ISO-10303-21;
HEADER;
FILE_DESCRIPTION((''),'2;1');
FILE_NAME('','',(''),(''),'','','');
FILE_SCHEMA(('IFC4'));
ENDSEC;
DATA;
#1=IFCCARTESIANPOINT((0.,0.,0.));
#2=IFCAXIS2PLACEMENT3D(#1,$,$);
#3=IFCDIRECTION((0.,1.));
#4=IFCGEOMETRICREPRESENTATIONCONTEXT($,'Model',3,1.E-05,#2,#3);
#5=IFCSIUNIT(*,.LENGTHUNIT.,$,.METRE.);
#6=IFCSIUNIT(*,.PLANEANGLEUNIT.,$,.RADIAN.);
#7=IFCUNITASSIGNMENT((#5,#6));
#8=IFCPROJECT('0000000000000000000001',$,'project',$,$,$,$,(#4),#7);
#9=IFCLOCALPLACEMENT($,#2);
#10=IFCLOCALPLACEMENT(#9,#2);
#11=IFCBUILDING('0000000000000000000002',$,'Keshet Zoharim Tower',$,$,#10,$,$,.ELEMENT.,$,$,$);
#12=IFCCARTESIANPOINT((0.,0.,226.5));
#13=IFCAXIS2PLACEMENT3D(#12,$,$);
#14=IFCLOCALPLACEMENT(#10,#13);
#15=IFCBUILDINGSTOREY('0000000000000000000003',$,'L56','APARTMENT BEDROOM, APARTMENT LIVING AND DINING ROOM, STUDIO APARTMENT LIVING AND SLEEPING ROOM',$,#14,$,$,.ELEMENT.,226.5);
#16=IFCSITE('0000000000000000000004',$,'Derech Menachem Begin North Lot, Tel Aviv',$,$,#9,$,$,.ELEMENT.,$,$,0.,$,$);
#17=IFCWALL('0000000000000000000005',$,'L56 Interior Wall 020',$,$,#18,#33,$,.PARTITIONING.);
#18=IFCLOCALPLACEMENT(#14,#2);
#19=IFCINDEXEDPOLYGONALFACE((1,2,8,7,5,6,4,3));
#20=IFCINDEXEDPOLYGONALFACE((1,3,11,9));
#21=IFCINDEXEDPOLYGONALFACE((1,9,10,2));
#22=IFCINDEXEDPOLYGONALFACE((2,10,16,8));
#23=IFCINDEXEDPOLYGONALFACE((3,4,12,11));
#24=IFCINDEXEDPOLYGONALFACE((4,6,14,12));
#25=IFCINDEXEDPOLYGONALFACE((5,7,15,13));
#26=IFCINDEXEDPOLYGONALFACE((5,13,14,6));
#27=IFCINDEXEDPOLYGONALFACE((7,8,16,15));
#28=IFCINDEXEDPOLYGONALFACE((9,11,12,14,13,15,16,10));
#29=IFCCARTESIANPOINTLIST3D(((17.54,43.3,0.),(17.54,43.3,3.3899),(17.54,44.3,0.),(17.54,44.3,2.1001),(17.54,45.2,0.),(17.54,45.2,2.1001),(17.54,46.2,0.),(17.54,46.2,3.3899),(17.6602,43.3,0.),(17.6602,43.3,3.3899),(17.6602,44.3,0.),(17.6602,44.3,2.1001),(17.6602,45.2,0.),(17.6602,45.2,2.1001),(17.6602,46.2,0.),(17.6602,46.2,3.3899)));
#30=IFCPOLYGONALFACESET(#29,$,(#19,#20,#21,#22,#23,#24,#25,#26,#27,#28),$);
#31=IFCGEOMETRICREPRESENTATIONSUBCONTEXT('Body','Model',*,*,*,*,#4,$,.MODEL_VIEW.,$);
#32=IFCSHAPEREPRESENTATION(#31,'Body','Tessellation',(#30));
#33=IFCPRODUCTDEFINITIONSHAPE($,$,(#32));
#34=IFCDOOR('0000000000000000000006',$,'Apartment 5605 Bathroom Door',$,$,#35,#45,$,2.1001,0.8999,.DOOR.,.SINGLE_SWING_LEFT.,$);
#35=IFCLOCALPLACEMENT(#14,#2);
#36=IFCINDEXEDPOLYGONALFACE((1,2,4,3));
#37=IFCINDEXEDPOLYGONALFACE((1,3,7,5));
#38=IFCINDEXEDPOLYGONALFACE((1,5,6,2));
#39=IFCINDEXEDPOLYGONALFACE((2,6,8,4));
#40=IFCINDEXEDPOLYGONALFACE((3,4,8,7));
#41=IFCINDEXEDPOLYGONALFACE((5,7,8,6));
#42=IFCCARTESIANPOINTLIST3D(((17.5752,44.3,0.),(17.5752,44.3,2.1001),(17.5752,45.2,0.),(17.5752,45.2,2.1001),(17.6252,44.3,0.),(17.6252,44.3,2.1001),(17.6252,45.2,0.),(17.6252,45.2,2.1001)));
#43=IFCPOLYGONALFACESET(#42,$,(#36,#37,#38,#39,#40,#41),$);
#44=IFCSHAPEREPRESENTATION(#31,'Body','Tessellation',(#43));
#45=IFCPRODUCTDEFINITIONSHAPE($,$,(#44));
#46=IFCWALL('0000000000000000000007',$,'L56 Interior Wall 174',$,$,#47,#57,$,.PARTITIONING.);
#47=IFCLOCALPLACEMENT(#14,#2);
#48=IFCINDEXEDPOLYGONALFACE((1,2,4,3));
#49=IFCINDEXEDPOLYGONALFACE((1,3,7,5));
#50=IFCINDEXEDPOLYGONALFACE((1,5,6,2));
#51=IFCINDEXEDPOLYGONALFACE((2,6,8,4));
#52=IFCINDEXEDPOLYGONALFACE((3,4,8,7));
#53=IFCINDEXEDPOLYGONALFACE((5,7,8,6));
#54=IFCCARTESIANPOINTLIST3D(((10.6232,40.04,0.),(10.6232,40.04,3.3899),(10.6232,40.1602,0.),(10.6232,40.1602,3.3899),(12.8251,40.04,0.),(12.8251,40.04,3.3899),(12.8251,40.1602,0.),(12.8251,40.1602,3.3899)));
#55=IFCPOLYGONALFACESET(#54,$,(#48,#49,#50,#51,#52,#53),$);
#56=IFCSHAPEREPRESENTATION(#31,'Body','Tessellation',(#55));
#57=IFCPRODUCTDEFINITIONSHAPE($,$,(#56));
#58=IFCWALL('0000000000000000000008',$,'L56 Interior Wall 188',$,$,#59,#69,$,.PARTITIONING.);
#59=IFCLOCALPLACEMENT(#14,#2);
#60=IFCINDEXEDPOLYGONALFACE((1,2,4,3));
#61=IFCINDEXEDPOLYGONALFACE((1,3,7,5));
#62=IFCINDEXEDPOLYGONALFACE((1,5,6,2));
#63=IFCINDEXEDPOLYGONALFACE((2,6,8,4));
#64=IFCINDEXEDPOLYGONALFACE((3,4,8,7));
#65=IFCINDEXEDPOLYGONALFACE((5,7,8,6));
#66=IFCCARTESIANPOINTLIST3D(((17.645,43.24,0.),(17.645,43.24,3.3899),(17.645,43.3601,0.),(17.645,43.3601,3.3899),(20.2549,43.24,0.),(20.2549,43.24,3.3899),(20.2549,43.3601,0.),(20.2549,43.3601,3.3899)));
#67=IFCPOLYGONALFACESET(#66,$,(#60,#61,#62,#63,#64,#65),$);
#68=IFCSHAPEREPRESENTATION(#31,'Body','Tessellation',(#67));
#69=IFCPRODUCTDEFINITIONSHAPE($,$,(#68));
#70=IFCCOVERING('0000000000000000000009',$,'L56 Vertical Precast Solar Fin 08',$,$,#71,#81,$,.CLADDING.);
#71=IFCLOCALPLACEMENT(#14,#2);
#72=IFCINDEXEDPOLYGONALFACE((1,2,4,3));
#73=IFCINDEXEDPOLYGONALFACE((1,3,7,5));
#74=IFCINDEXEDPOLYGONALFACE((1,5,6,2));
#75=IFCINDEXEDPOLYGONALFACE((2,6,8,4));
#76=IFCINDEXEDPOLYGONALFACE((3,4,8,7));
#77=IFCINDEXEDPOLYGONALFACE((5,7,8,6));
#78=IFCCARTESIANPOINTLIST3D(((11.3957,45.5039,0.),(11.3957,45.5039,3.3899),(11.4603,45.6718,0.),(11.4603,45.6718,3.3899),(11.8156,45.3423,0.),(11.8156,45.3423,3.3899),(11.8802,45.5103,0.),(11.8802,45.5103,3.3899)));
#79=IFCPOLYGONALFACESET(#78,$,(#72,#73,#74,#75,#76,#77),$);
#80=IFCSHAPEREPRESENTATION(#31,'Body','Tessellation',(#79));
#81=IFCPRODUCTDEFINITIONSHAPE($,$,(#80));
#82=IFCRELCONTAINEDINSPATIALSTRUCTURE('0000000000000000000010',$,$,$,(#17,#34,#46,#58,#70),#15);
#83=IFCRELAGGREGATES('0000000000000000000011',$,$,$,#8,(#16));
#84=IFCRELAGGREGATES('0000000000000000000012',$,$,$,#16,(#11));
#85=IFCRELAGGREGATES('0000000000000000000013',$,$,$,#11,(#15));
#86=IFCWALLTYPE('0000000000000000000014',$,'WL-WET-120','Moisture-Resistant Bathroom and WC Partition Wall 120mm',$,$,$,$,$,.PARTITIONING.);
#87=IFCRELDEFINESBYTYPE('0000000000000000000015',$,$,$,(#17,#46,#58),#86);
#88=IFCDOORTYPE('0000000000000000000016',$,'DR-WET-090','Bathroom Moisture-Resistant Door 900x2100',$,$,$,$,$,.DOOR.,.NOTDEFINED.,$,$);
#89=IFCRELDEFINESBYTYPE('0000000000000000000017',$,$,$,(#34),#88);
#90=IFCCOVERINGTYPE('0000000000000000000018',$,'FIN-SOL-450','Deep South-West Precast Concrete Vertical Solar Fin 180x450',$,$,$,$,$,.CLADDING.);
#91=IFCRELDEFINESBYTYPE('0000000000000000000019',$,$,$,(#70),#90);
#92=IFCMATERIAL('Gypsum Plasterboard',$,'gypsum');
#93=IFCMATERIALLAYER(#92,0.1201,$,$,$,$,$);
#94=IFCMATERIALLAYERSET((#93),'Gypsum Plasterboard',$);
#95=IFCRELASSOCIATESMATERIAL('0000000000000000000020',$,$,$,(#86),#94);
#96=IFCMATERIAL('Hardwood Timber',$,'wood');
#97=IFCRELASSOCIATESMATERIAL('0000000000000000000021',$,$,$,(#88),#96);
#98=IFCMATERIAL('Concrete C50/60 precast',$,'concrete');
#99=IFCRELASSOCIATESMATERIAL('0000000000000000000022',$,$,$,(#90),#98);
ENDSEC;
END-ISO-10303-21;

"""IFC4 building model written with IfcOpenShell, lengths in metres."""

from ifc_helpers import new_model, si_unit, direction, frame, frame_2d, origin, origin_2d, place, context, subcontext, project, spatial, rectangle, extrude, material, layer, layer_set, type_object, element, fill, save


model = new_model("IFC4")

# Units and contexts
model_context = context("Model", 3, precision=1e-05, world=origin(), true_north=direction((0.0, 1.0)))
body_context = subcontext(model_context, "Body", "Model", "MODEL_VIEW")
ifc_project = project(units=[si_unit("LENGTHUNIT", "METRE"), si_unit("PLANEANGLEUNIT", "RADIAN")], contexts=[model_context])

# Site, building, storey
site_placement = place(None, origin())
site = spatial("IfcSite", under=ifc_project, at=site_placement, Name="Derech Menachem Begin North Lot, Tel Aviv", CompositionType="ELEMENT", RefElevation=0.0)
building_placement = place(site_placement, origin())
building = spatial("IfcBuilding", under=site, at=building_placement, Name="Keshet Zoharim Tower", CompositionType="ELEMENT")
storey_placement = place(building_placement, frame((0.0, 0.0, 226.5)))
storey = spatial("IfcBuildingStorey", under=building, at=storey_placement, Name="L56", Description="APARTMENT BEDROOM, APARTMENT LIVING AND DINING ROOM, STUDIO APARTMENT LIVING AND SLEEPING ROOM", CompositionType="ELEMENT", Elevation=226.5)

# Shared definitions
ifc_material_1 = material(Name="Gypsum Plasterboard", Category="gypsum")
ifc_material_2 = material(Name="Hardwood Timber", Category="wood")

# Wall, opening, door
ifc_layer_1 = layer(ifc_material_1, 0.1201)
ifc_layer_set_1 = layer_set([ifc_layer_1], Name="Gypsum Plasterboard")
wall_type_1 = type_object("IfcWallType", Name="WL-WET-120", Description="Moisture-Resistant Bathroom and WC Partition Wall 120mm", PredefinedType="PARTITIONING", material=ifc_layer_set_1)
wall_1_placement = place(storey_placement, frame((17.6001, 43.3, 0.0), z_axis=(0.0, 0.0, 1.0), x_axis=(0.0, 1.0, 0.0)))
wall_1 = element("IfcWall", 1, at=wall_1_placement, inside=storey, type_object=wall_type_1, Name="L56 Interior Wall 020", PredefinedType="PARTITIONING", context=body_context, shape_type="SweptSolid", body=[
    extrude(rectangle(XDim=2.8999, YDim=0.1201, at=frame_2d((1.45, 0.0))), origin(), (0.0, 0.0, 1.0), 3.3899),
])
opening_1_placement = place(wall_1_placement, frame((1.0, 0.0, 0.0)))
opening_1 = element("IfcOpeningElement", 2, at=opening_1_placement, cuts=wall_1, PredefinedType="OPENING", context=body_context, shape_type="SweptSolid", body=[
    extrude(rectangle(XDim=0.8999, YDim=2.1001, at=frame_2d((0.45, 1.05))), frame((0.0, 0.0701, 0.0), z_axis=(0.0, -1.0, 0.0), x_axis=(1.0, 0.0, 0.0)), (0.0, 0.0, 1.0), 0.1401),
])
door_type_1 = type_object("IfcDoorType", Name="DR-WET-090", Description="Bathroom Moisture-Resistant Door 900x2100", OperationType="NOTDEFINED", PredefinedType="DOOR", material=ifc_material_2)
door_1_placement = place(opening_1_placement, origin())
door_1 = element("IfcDoor", 3, at=door_1_placement, inside=storey, type_object=door_type_1, Name="Apartment 5605 Bathroom Door", OperationType="SINGLE_SWING_LEFT", OverallHeight=2.1001, OverallWidth=0.8999, PredefinedType="DOOR", context=body_context, shape_type="SweptSolid", body=[
    extrude(rectangle(XDim=0.8999, YDim=2.1001, at=frame_2d((0.45, 1.05))), frame((0.0, 0.0249, 0.0), z_axis=(0.0, -1.0, 0.0), x_axis=(1.0, 0.0, 0.0)), (0.0, 0.0, 1.0), 0.05),
])
fill(opening_1, door_1)

# Walls
wall_2_placement = place(storey_placement, frame((10.623, 40.1001, 0.0), z_axis=(0.0, 0.0, 1.0), x_axis=(1.0, 0.0, 0.0)))
element("IfcWall", 4, at=wall_2_placement, inside=storey, type_object=wall_type_1, Name="L56 Interior Wall 174", PredefinedType="PARTITIONING", context=body_context, shape_type="SweptSolid", body=[
    extrude(rectangle(XDim=2.2019, YDim=0.1201, at=frame_2d((1.1011, 0.0))), origin(), (0.0, 0.0, 1.0), 3.3899),
])
wall_3_placement = place(storey_placement, frame((17.645, 43.3, 0.0), z_axis=(0.0, 0.0, 1.0), x_axis=(1.0, 0.0, 0.0)))
element("IfcWall", 5, at=wall_3_placement, inside=storey, type_object=wall_type_1, Name="L56 Interior Wall 188", PredefinedType="PARTITIONING", context=body_context, shape_type="SweptSolid", body=[
    extrude(rectangle(XDim=2.6099, YDim=0.1201, at=frame_2d((1.3049, 0.0))), origin(), (0.0, 0.0, 1.0), 3.3899),
])

# Covering
ifc_material_3 = material(Name="Concrete C50/60 precast", Category="concrete")
covering_type = type_object("IfcCoveringType", Name="FIN-SOL-450", Description="Deep South-West Precast Concrete Vertical Solar Fin 180x450", PredefinedType="CLADDING", material=ifc_material_3)
covering_placement = place(storey_placement, frame((11.6379, 45.5071, 0.0), z_axis=(0.0, 0.0, 1.0), x_axis=(0.35899, 0.933341, 0.0)))
element("IfcCovering", 6, at=covering_placement, inside=storey, type_object=covering_type, Name="L56 Vertical Precast Solar Fin 08", PredefinedType="CLADDING", context=body_context, shape_type="SweptSolid", body=[
    extrude(rectangle(XDim=0.1799, YDim=0.45, at=origin_2d()), origin(), (0.0, 0.0, 1.0), 3.3899),
])

save(model, "model.ifc")
